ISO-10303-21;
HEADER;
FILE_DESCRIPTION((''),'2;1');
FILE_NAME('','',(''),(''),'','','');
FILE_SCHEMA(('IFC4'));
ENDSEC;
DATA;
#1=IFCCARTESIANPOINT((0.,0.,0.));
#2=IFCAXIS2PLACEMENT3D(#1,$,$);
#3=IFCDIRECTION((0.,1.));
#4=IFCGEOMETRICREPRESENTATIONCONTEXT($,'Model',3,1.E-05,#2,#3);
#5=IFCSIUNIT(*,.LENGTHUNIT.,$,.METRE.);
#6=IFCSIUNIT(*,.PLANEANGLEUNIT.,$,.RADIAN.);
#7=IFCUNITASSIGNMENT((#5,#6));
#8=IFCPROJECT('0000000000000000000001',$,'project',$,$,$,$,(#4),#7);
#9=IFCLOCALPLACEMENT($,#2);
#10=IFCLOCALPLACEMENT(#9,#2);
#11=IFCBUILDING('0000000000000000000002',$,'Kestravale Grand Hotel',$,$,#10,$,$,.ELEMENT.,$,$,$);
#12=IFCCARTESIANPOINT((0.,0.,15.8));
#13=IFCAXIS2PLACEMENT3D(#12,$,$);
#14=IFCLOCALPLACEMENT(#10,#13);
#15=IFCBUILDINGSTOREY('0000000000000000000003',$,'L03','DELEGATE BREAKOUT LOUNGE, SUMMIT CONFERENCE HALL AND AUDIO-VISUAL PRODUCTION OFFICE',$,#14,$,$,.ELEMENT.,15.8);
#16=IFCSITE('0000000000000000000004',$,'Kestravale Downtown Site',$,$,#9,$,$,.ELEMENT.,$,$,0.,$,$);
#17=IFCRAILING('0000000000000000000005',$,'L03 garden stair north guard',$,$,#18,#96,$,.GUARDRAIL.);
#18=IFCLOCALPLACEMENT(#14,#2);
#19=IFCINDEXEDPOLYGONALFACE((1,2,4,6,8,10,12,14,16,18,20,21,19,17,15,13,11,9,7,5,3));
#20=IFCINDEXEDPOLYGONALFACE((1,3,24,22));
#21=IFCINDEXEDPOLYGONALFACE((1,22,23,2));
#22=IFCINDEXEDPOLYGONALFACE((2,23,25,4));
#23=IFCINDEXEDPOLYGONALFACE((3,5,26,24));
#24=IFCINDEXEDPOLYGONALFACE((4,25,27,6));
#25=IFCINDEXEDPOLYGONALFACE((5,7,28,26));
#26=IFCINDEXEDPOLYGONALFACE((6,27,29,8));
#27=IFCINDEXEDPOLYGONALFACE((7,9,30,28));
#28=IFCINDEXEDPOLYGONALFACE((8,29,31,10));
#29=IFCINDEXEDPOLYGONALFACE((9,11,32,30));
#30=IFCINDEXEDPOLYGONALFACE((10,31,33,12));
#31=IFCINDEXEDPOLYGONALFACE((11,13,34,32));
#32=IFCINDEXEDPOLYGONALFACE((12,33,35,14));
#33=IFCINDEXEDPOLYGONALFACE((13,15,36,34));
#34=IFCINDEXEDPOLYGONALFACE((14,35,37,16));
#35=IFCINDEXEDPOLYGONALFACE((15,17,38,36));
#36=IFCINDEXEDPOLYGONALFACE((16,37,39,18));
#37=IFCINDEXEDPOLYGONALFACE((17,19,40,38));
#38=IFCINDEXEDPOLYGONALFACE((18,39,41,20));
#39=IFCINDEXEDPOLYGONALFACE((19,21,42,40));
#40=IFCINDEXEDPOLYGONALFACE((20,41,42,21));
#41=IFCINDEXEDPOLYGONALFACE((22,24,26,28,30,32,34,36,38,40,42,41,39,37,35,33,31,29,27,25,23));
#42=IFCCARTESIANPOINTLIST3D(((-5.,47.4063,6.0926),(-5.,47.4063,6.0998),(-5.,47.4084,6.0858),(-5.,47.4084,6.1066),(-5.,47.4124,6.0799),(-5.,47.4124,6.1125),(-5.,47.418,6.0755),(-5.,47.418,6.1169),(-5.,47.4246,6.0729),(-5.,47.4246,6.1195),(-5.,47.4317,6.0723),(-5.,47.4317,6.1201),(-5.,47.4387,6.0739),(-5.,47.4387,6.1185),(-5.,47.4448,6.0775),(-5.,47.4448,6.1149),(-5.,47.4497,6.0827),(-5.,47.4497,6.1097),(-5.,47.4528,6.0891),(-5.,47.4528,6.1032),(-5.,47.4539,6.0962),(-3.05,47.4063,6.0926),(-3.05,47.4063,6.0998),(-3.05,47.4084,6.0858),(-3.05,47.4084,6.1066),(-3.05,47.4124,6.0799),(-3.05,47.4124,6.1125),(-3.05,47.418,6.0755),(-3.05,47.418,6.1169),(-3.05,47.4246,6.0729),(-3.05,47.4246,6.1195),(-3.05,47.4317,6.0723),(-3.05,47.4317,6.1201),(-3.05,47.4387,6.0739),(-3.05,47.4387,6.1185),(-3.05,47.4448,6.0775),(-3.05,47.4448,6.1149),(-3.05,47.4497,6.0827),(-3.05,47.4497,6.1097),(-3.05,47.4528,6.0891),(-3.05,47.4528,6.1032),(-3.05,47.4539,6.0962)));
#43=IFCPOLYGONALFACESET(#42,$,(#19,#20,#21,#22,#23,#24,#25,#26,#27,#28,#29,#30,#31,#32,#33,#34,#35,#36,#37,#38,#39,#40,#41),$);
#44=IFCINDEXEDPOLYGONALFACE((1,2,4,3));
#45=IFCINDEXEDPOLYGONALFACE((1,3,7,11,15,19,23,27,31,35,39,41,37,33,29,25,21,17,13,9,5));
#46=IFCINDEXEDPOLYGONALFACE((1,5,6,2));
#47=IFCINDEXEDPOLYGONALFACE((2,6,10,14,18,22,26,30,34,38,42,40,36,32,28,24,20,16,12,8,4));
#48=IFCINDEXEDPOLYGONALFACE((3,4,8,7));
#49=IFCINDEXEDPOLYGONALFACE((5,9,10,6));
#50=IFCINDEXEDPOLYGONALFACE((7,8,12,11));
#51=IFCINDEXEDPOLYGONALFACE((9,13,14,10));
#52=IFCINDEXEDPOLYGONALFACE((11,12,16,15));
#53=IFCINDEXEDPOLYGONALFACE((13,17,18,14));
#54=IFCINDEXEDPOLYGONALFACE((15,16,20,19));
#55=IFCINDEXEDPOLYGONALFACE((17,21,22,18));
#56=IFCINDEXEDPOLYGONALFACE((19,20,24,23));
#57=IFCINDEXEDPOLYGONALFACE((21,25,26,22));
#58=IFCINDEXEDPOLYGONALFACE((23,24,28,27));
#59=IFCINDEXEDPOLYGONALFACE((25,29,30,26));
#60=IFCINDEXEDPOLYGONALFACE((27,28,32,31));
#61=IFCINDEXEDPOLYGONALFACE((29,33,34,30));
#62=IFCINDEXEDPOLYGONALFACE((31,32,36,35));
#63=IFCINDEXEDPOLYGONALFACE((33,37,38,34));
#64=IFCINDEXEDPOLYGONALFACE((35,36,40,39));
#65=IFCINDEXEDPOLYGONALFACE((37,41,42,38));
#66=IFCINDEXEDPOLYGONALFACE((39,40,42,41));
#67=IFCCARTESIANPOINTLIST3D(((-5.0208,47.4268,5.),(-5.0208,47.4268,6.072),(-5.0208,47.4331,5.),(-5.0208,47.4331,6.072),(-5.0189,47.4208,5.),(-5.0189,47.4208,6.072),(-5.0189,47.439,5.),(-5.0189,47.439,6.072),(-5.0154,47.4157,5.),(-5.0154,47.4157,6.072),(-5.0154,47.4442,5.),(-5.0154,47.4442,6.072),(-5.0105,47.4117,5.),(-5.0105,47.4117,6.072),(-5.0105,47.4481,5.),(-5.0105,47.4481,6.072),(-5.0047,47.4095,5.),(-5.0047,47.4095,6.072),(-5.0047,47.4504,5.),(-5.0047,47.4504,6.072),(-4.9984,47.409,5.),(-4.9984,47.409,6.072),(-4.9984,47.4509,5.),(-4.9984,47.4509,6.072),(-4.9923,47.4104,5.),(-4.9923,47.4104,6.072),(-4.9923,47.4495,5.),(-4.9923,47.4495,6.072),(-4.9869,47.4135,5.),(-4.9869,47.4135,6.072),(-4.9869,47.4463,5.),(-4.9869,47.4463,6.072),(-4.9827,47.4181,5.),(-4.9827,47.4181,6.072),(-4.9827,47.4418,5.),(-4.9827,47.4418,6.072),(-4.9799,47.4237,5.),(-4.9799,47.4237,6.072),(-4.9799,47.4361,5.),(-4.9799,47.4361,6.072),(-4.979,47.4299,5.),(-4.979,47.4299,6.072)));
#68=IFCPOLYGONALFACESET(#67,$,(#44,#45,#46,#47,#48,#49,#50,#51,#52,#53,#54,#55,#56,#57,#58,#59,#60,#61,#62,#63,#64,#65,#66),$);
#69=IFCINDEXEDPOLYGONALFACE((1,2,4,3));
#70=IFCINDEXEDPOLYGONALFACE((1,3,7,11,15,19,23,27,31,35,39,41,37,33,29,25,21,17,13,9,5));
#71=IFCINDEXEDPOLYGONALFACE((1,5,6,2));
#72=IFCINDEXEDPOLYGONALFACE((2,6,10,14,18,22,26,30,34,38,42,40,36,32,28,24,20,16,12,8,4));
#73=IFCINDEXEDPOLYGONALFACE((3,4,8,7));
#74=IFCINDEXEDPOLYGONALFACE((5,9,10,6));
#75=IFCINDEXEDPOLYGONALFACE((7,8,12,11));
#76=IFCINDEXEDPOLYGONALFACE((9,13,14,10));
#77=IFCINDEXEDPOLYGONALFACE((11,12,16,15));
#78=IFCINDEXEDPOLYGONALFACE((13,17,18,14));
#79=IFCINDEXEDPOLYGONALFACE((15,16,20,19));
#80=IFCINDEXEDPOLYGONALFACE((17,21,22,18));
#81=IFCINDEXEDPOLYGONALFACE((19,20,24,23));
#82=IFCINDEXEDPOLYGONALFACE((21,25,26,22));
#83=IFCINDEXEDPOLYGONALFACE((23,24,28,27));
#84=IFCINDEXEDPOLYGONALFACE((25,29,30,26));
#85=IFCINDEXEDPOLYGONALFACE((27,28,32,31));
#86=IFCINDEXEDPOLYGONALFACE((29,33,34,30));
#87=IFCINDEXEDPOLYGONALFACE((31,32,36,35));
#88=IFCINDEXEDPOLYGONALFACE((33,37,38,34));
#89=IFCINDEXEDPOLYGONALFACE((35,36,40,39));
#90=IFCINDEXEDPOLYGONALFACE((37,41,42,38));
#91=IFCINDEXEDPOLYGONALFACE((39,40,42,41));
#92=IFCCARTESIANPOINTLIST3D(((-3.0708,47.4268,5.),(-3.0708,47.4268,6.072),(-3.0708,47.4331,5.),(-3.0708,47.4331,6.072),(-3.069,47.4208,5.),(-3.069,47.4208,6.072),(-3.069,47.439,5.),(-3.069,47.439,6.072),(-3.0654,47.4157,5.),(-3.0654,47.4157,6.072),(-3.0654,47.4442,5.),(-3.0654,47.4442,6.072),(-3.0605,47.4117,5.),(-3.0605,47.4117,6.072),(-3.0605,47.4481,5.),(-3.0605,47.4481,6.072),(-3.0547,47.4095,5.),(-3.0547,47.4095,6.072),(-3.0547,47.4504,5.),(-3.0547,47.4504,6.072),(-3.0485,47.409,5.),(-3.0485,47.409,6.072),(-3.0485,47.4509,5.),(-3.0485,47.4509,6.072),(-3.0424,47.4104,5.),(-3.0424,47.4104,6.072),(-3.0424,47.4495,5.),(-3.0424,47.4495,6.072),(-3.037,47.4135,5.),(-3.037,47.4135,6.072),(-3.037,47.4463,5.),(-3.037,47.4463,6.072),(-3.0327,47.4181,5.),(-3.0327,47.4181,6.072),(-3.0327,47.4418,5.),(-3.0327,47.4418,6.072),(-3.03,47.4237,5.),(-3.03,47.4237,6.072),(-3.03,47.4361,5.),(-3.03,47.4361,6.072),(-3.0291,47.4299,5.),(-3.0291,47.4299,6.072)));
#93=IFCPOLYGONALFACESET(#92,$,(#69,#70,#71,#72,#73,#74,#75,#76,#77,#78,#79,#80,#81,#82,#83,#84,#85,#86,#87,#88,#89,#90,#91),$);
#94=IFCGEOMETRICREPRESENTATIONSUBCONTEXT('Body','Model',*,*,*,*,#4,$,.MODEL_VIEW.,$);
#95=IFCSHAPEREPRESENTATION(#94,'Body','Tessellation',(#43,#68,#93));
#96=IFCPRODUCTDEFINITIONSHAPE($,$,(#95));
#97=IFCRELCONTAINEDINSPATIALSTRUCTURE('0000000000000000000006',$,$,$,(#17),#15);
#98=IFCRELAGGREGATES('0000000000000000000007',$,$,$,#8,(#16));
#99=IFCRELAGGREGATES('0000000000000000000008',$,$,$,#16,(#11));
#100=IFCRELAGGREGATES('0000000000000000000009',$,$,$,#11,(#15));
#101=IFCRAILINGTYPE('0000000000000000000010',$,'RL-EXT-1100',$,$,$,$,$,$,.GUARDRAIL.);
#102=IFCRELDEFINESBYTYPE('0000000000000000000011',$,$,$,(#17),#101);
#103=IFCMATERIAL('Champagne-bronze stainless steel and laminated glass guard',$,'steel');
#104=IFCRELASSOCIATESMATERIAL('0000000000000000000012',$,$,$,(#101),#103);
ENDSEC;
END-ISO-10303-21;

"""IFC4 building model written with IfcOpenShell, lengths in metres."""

from ifc_helpers import new_model, si_unit, direction, frame, origin, origin_2d, place, context, subcontext, project, spatial, circle, extrude, material, type_object, element, save


model = new_model("IFC4")

# Units and contexts
model_context = context("Model", 3, precision=1e-05, world=origin(), true_north=direction((0.0, 1.0)))
body_context = subcontext(model_context, "Body", "Model", "MODEL_VIEW")
ifc_project = project(units=[si_unit("LENGTHUNIT", "METRE"), si_unit("PLANEANGLEUNIT", "RADIAN")], contexts=[model_context])

# Site, building, storey
site_placement = place(None, origin())
site = spatial("IfcSite", under=ifc_project, at=site_placement, Name="Kestravale Downtown Site", CompositionType="ELEMENT", RefElevation=0.0)
building_placement = place(site_placement, origin())
building = spatial("IfcBuilding", under=site, at=building_placement, Name="Kestravale Grand Hotel", CompositionType="ELEMENT")
storey_placement = place(building_placement, frame((0.0, 0.0, 15.8)))
storey = spatial("IfcBuildingStorey", under=building, at=storey_placement, Name="L03", Description="DELEGATE BREAKOUT LOUNGE, SUMMIT CONFERENCE HALL AND AUDIO-VISUAL PRODUCTION OFFICE", CompositionType="ELEMENT", Elevation=15.8)

# Railing
ifc_material_1 = material(Name="Champagne-bronze stainless steel and laminated glass guard", Category="steel")
railing_type = type_object("IfcRailingType", Name="RL-EXT-1100", PredefinedType="GUARDRAIL", material=ifc_material_1)
railing_1_placement = place(storey_placement, frame((-5.0, 47.4299, 5.0)))
element("IfcRailing", 1, at=railing_1_placement, inside=storey, type_object=railing_type, Name="L03 garden stair north guard", PredefinedType="GUARDRAIL", context=body_context, shape_type="SweptSolid", body=[
    extrude(circle(Radius=0.0239, at=origin_2d()), frame((0.0, 0.0, 1.0962), z_axis=(1.0, 0.0, 0.0), x_axis=(0.0, 1.0, 0.0)), (0.0, 0.0, 1.0), 1.95),
    extrude(circle(Radius=0.021, at=origin_2d()), origin(), (0.0, 0.0, 1.0), 1.072),
    extrude(circle(Radius=0.021, at=origin_2d()), frame((1.95, 0.0, 0.0)), (0.0, 0.0, 1.0), 1.072),
])

save(model, "model.ifc")
